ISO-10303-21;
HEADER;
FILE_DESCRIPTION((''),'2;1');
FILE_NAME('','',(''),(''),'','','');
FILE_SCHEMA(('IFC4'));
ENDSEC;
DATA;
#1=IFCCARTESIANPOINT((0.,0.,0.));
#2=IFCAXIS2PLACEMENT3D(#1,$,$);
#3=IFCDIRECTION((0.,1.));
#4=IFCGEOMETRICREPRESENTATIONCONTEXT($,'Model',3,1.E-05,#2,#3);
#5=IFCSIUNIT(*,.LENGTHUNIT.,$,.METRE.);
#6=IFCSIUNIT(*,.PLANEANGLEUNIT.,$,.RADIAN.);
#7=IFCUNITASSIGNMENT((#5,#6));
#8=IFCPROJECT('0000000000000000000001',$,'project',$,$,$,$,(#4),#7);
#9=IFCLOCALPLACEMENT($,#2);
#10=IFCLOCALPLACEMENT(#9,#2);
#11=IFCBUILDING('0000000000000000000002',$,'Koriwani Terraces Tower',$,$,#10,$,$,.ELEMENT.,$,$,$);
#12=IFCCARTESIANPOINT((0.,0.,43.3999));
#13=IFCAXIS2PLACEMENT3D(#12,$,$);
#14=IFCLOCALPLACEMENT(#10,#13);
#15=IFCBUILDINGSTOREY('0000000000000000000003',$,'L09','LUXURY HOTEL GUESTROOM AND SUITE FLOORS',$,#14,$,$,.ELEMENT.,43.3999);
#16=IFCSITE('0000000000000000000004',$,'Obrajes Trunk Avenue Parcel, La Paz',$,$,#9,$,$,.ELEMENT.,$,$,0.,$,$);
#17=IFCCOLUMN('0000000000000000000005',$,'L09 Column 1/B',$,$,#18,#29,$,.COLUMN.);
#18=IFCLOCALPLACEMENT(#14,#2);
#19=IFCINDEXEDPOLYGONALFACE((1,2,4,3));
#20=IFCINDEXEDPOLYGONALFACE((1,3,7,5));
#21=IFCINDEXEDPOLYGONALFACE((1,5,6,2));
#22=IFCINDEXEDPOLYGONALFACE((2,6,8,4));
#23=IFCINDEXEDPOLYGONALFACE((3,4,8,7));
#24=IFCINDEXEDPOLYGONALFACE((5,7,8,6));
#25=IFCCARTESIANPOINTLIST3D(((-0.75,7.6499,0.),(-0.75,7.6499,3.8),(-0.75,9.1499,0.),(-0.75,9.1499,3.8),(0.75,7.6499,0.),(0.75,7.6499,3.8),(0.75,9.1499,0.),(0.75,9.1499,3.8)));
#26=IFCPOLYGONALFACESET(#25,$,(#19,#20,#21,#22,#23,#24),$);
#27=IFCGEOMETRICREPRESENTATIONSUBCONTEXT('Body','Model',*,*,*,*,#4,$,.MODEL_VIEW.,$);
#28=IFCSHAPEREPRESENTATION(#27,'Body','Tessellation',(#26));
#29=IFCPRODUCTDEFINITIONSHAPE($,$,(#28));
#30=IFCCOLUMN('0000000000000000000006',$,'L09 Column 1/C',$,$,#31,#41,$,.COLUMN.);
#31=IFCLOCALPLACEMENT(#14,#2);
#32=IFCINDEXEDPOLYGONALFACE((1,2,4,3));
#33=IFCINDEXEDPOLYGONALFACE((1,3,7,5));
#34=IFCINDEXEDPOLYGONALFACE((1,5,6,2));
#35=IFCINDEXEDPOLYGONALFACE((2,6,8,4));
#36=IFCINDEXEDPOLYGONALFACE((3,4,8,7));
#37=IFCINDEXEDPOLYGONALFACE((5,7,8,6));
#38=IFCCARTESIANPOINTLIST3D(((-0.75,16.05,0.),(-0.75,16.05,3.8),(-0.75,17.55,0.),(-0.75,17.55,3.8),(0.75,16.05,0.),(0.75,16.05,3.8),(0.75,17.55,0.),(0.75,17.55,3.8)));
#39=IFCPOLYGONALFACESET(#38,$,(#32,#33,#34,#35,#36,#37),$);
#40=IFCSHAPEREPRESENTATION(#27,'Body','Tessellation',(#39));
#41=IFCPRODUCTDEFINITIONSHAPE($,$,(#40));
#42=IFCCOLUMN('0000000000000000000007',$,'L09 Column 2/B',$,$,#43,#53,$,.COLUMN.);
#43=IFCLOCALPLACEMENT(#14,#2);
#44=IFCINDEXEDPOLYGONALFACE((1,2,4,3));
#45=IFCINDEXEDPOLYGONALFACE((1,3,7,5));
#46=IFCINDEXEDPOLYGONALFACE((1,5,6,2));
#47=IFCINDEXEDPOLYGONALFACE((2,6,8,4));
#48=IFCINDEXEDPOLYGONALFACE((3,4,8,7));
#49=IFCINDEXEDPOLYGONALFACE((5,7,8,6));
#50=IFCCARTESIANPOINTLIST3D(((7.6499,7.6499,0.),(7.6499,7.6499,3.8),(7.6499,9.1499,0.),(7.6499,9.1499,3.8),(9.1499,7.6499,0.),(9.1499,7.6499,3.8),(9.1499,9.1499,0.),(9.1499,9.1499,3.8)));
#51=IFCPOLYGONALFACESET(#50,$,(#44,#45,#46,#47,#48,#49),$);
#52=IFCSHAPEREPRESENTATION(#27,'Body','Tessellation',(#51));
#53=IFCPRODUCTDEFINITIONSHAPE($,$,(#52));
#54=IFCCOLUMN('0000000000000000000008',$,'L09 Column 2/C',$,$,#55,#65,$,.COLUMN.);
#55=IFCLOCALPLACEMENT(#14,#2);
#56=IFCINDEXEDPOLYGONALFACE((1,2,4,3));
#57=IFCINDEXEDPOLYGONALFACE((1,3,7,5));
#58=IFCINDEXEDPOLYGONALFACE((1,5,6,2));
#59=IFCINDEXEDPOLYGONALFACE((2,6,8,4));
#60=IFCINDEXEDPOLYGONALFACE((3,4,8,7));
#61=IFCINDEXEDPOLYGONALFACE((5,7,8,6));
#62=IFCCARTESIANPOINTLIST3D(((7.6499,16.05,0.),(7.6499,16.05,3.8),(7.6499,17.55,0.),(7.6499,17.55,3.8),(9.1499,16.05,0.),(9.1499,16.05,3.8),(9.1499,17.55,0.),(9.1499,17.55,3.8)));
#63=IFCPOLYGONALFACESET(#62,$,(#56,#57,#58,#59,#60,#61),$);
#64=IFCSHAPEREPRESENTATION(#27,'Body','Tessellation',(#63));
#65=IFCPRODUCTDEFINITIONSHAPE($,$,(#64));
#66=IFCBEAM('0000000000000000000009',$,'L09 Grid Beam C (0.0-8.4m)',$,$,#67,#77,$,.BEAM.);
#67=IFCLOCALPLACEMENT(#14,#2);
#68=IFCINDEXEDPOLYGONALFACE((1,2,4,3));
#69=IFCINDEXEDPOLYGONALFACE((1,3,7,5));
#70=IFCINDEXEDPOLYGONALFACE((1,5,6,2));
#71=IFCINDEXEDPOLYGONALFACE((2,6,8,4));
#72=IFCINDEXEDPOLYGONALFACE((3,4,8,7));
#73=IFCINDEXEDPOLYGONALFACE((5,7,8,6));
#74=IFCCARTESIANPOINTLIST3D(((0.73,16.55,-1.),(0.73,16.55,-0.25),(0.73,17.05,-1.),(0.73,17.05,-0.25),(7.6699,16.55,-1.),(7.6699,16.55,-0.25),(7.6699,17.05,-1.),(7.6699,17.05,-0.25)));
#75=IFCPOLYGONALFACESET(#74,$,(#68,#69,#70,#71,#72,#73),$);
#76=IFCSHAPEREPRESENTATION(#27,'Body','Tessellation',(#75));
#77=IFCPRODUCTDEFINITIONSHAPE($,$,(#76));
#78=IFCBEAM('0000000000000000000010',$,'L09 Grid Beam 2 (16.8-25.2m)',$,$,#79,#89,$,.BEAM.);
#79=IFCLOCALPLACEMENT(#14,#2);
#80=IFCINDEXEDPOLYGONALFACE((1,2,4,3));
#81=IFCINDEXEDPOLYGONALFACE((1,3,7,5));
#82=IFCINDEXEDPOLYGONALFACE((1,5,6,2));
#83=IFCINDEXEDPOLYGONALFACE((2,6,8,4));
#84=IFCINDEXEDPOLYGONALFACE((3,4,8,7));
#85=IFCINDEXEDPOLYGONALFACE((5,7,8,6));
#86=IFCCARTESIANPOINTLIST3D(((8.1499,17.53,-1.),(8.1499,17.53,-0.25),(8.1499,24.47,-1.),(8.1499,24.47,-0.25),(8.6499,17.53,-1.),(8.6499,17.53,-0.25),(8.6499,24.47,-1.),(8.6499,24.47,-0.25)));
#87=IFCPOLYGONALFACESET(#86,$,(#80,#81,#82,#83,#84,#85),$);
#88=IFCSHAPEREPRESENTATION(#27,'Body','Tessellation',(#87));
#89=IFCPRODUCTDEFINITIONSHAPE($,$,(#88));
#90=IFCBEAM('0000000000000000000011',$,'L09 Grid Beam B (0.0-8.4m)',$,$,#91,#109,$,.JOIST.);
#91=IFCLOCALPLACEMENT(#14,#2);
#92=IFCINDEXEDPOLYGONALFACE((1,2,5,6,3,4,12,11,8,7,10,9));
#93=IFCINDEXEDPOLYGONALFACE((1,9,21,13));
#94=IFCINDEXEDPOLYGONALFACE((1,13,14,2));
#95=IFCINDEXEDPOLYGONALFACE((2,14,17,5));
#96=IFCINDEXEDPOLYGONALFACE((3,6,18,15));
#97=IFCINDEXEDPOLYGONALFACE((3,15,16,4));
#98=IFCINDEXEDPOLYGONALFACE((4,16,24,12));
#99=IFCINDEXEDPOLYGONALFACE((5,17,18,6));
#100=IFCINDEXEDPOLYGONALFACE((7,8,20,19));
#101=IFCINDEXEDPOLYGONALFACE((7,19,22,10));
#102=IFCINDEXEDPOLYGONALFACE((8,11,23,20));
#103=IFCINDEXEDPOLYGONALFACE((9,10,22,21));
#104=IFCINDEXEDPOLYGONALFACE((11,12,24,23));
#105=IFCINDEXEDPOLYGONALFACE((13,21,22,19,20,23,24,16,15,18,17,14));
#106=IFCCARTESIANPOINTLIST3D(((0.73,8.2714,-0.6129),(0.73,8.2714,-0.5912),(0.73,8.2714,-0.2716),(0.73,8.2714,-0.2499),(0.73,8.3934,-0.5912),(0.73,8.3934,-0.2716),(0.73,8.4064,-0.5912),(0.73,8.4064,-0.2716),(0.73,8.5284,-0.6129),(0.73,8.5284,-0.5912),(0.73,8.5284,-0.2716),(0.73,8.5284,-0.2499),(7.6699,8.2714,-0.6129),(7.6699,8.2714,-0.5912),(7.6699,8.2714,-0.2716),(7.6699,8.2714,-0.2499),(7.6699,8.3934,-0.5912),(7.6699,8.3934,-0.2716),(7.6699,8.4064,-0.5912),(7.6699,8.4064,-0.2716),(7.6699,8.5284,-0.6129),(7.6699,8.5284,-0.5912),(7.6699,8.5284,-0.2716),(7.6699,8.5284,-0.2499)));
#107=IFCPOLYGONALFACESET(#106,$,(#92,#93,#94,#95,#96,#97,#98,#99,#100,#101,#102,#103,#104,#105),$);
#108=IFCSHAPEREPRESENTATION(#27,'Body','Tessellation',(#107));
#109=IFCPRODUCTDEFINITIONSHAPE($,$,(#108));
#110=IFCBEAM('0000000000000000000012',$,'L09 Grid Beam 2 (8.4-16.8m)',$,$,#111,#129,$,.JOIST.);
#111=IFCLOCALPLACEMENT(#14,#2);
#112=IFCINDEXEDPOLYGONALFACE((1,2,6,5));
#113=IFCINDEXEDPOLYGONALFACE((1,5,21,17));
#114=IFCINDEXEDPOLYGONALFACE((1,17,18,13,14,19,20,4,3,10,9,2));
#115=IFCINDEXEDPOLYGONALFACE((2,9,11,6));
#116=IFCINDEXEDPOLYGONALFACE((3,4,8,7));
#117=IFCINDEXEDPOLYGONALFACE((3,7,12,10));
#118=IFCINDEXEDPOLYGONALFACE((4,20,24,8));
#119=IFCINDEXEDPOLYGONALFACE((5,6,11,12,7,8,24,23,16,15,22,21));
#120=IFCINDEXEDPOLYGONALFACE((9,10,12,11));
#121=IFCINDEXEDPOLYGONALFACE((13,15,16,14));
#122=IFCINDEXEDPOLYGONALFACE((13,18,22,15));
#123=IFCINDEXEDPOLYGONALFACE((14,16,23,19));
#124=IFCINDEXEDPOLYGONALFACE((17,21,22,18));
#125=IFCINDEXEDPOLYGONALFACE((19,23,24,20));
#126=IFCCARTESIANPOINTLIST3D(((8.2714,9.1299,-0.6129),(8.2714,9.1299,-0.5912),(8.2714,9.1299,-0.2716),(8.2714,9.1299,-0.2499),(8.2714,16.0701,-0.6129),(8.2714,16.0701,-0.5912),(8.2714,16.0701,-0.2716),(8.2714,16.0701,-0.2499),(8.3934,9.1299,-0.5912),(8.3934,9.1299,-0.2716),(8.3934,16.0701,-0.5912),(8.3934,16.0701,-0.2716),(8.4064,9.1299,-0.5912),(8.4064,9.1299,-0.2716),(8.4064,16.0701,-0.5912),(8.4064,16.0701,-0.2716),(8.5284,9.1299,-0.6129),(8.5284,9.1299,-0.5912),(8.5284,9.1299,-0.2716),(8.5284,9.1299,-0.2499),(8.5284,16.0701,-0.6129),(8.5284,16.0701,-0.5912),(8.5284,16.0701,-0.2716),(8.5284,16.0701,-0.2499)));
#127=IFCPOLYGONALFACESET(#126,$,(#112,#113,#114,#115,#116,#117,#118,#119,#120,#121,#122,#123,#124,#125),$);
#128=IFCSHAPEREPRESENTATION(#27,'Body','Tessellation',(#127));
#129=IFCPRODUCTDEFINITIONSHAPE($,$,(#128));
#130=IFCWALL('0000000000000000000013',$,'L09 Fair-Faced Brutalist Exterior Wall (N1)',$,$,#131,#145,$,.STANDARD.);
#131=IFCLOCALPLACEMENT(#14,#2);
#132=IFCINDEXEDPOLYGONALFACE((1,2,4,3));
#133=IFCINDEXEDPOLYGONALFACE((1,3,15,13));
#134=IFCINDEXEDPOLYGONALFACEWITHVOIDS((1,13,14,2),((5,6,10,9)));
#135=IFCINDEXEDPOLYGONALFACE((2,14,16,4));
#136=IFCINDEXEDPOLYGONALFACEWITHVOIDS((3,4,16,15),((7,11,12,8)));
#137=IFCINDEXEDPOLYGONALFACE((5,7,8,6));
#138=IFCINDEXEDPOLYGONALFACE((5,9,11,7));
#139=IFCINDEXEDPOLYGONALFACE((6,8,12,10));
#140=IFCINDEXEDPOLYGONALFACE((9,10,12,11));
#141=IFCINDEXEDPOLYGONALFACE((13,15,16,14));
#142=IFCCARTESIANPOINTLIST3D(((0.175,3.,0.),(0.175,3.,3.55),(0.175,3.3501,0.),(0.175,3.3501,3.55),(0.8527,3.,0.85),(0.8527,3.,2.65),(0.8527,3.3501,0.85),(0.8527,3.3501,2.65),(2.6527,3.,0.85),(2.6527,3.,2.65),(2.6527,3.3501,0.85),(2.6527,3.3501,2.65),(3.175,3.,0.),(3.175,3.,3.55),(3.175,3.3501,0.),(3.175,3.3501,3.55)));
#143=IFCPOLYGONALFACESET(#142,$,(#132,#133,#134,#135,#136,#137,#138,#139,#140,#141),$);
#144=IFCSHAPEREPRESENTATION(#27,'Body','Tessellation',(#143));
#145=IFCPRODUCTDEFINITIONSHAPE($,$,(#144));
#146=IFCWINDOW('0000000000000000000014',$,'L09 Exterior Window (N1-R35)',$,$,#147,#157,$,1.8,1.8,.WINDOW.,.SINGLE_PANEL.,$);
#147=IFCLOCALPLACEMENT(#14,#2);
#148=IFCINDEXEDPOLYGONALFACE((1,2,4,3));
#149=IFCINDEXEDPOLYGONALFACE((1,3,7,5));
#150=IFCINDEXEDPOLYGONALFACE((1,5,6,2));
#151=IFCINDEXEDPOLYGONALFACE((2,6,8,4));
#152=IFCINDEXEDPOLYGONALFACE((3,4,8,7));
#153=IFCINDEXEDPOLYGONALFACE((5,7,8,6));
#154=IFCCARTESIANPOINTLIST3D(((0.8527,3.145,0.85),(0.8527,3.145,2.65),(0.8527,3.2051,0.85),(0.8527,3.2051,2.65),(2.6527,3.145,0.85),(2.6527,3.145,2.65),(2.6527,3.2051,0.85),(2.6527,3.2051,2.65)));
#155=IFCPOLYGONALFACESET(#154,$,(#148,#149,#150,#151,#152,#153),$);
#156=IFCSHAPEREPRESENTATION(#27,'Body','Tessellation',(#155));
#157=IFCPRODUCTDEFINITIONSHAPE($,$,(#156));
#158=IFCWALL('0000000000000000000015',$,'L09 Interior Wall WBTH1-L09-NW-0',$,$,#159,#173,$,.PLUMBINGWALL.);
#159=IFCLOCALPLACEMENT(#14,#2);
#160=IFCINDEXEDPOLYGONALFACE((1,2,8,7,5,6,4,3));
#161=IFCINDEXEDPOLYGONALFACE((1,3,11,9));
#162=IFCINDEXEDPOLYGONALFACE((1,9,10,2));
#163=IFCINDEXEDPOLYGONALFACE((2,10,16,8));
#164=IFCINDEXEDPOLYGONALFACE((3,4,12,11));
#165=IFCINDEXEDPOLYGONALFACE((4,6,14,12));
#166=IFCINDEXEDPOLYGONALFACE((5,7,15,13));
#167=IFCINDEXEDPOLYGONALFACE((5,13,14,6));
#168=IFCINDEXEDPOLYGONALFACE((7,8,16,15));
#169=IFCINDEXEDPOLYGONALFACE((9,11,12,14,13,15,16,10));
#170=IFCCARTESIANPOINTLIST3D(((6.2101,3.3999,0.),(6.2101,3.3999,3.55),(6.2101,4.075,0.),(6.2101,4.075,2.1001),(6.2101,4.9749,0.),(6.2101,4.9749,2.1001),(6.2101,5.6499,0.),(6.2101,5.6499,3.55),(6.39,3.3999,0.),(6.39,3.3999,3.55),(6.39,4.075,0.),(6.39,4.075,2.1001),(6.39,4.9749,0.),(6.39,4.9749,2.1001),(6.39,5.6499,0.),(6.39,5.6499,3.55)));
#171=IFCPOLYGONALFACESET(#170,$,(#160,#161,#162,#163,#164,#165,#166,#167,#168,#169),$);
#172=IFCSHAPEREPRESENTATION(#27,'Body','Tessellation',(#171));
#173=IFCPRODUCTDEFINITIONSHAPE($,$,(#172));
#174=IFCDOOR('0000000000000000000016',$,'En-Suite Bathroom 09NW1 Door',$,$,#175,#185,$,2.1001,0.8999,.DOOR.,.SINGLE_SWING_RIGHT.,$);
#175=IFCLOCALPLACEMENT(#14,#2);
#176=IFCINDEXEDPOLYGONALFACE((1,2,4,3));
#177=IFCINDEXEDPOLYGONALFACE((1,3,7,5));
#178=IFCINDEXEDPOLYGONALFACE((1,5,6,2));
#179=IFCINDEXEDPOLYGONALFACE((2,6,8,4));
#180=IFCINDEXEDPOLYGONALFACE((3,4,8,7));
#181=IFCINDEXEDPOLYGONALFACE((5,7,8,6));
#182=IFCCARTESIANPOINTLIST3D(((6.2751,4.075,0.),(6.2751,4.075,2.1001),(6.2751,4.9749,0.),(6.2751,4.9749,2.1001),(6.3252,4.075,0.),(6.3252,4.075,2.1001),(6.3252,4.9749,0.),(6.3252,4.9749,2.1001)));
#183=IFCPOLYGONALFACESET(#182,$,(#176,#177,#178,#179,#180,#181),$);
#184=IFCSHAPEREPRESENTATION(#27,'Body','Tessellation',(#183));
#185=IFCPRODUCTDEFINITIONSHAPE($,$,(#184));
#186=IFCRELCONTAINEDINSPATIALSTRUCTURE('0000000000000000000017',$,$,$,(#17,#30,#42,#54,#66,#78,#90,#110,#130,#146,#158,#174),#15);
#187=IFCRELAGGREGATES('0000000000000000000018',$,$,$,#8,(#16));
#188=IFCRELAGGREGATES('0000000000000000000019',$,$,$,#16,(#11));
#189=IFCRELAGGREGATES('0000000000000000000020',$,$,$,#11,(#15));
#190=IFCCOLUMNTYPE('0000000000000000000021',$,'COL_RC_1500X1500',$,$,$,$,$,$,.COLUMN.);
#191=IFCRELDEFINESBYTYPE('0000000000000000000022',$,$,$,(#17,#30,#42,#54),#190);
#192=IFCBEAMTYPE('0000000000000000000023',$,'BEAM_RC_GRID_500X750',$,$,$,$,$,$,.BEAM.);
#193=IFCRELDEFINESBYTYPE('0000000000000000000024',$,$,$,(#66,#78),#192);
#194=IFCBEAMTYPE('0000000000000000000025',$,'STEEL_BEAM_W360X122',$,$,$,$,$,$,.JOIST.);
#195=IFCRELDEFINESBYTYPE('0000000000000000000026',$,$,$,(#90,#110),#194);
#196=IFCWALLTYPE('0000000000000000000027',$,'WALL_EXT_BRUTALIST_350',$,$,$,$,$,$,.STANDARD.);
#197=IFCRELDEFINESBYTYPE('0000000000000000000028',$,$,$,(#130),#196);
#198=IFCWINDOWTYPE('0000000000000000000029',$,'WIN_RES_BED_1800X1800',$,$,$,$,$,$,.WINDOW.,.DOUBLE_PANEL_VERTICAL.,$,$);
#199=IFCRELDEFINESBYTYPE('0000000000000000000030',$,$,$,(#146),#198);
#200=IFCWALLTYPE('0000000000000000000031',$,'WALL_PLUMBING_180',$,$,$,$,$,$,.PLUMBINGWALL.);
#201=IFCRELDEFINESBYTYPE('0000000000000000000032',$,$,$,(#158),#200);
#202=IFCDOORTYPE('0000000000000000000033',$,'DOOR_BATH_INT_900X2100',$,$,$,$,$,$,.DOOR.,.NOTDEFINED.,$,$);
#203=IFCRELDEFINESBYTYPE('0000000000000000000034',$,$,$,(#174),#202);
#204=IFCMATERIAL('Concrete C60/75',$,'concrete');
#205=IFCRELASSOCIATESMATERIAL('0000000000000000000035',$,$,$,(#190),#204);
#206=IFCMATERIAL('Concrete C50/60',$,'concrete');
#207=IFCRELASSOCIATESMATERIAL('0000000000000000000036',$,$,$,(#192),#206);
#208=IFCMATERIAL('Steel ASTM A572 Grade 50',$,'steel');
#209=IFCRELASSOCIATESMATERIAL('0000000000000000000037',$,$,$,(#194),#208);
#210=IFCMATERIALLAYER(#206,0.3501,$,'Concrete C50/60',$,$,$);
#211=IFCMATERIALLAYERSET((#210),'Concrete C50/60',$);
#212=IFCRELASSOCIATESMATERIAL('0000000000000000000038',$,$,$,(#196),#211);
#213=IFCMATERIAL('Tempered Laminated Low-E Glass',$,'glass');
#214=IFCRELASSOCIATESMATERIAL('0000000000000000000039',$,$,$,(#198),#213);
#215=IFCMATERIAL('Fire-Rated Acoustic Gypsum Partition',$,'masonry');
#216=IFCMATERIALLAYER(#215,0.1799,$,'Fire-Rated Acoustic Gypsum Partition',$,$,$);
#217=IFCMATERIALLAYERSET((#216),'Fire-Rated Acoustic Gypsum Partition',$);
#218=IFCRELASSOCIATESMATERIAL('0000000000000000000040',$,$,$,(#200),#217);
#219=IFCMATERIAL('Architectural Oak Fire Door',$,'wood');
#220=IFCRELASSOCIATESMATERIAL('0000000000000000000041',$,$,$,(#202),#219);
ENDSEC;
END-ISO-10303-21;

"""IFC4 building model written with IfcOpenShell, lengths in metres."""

from ifc_helpers import new_model, si_unit, direction, frame, frame_2d, origin, origin_2d, place, context, subcontext, project, spatial, rectangle, i_section, extrude, material, layer, layer_set, material_profile, profile_set, type_object, element, fill, save


model = new_model("IFC4")

# Units and contexts
model_context = context("Model", 3, precision=1e-05, world=origin(), true_north=direction((0.0, 1.0)))
body_context = subcontext(model_context, "Body", "Model", "MODEL_VIEW")
ifc_project = project(units=[si_unit("LENGTHUNIT", "METRE"), si_unit("PLANEANGLEUNIT", "RADIAN")], contexts=[model_context])

# Site, building, storey
site_placement = place(None, origin())
site = spatial("IfcSite", under=ifc_project, at=site_placement, Name="Obrajes Trunk Avenue Parcel, La Paz", CompositionType="ELEMENT", RefElevation=0.0)
building_placement = place(site_placement, origin())
building = spatial("IfcBuilding", under=site, at=building_placement, Name="Koriwani Terraces Tower", CompositionType="ELEMENT")
storey_placement = place(building_placement, frame((0.0, 0.0, 43.3999)))
storey = spatial("IfcBuildingStorey", under=building, at=storey_placement, Name="L09", Description="LUXURY HOTEL GUESTROOM AND SUITE FLOORS", CompositionType="ELEMENT", Elevation=43.3999)

# Columns
ifc_material_1 = material(Name="Concrete C60/75", Category="concrete")
ifc_material_profile_1 = material_profile(ifc_material_1, rectangle(XDim=1.5, YDim=1.5, at=origin_2d()), Name="Concrete C60/75", Category="LoadBearing")
ifc_profile_set_1 = profile_set([ifc_material_profile_1], Name="Concrete C60/75")
column_type = type_object("IfcColumnType", Name="COL_RC_1500X1500", PredefinedType="COLUMN", material=ifc_profile_set_1)
for number, where, z_axis, x_axis, name in (
    (1, (0.0, 8.3999, 0.0), (0.0, 0.0, 1.0), (1.0, 0.0, 0.0), "L09 Column 1/B"),
    (2, (0.0, 16.8, 0.0), (0.0, 0.0, 1.0), (1.0, 0.0, 0.0), "L09 Column 1/C"),
    (3, (8.3999, 8.3999, 0.0), (0.0, 0.0, 1.0), (1.0, 0.0, 0.0), "L09 Column 2/B"),
    (4, (8.3999, 16.8, 0.0), (0.0, 0.0, 1.0), (1.0, 0.0, 0.0), "L09 Column 2/C"),
):
    element("IfcColumn", number, at=place(storey_placement, frame(where, z_axis=z_axis, x_axis=x_axis)), inside=storey, type_object=column_type, Name=name, PredefinedType="COLUMN", context=body_context, shape_type="SweptSolid", body=[
        extrude(rectangle(XDim=1.5, YDim=1.5, at=origin_2d()), origin(), (0.0, 0.0, 1.0), 3.8),
    ])

# Beams
ifc_material_2 = material(Name="Concrete C50/60", Category="concrete")
ifc_material_profile_2 = material_profile(ifc_material_2, rectangle(XDim=0.5, YDim=0.75, at=origin_2d()), Name="Concrete C50/60", Category="LoadBearing")
ifc_profile_set_2 = profile_set([ifc_material_profile_2], Name="Concrete C50/60")
beam_type_1 = type_object("IfcBeamType", Name="BEAM_RC_GRID_500X750", PredefinedType="BEAM", material=ifc_profile_set_2)
for number, where, z_axis, x_axis, name in (
    (5, (0.73, 16.8, -0.625), (1.0, 0.0, 0.0), (0.0, 1.0, 0.0), "L09 Grid Beam C (0.0-8.4m)"),
    (6, (8.3999, 17.53, -0.625), (0.0, 1.0, 0.0), (-1.0, 0.0, 0.0), "L09 Grid Beam 2 (16.8-25.2m)"),
):
    element("IfcBeam", number, at=place(storey_placement, frame(where, z_axis=z_axis, x_axis=x_axis)), inside=storey, type_object=beam_type_1, Name=name, PredefinedType="BEAM", context=body_context, shape_type="SweptSolid", body=[
        extrude(rectangle(XDim=0.5, YDim=0.75, at=origin_2d()), origin(), (0.0, 0.0, 1.0), 6.9399),
    ])
ifc_material_3 = material(Name="Steel ASTM A572 Grade 50", Category="steel")
ifc_material_profile_3 = material_profile(ifc_material_3, i_section(OverallWidth=0.2571, OverallDepth=0.363, WebThickness=0.0129, FlangeThickness=0.0217, at=origin_2d()), Name="Steel ASTM A572 Grade 50", Category="LoadBearing")
ifc_profile_set_3 = profile_set([ifc_material_profile_3], Name="Steel ASTM A572 Grade 50")
beam_type_2 = type_object("IfcBeamType", Name="STEEL_BEAM_W360X122", PredefinedType="JOIST", material=ifc_profile_set_3)
beam_1_placement = place(storey_placement, frame((0.73, 8.3999, -0.4314), z_axis=(1.0, 0.0, 0.0), x_axis=(0.0, 1.0, 0.0)))
element("IfcBeam", 7, at=beam_1_placement, inside=storey, type_object=beam_type_2, Name="L09 Grid Beam B (0.0-8.4m)", PredefinedType="JOIST", context=body_context, shape_type="SweptSolid", body=[
    extrude(i_section(OverallWidth=0.2571, OverallDepth=0.363, WebThickness=0.0129, FlangeThickness=0.0217, at=origin_2d()), origin(), (0.0, 0.0, 1.0), 6.9399),
])
beam_2_placement = place(storey_placement, frame((8.3999, 9.1299, -0.4314), z_axis=(0.0, 1.0, 0.0), x_axis=(-1.0, 0.0, 0.0)))
element("IfcBeam", 8, at=beam_2_placement, inside=storey, type_object=beam_type_2, Name="L09 Grid Beam 2 (8.4-16.8m)", PredefinedType="JOIST", context=body_context, shape_type="SweptSolid", body=[
    extrude(i_section(OverallWidth=0.2571, OverallDepth=0.363, WebThickness=0.0129, FlangeThickness=0.0217, at=origin_2d()), origin(), (0.0, 0.0, 1.0), 6.9402),
])

# Wall, opening, window
ifc_layer_1 = layer(ifc_material_2, 0.3501, Name="Concrete C50/60")
ifc_layer_set_1 = layer_set([ifc_layer_1], Name="Concrete C50/60")
wall_type_1 = type_object("IfcWallType", Name="WALL_EXT_BRUTALIST_350", PredefinedType="STANDARD", material=ifc_layer_set_1)
wall_1_placement = place(storey_placement, frame((3.175, 3.175, 0.0), z_axis=(0.0, 0.0, 1.0), x_axis=(-1.0, 0.0, 0.0)))
wall_1 = element("IfcWall", 9, at=wall_1_placement, inside=storey, type_object=wall_type_1, Name="L09 Fair-Faced Brutalist Exterior Wall (N1)", PredefinedType="STANDARD", context=body_context, shape_type="SweptSolid", body=[
    extrude(rectangle(XDim=3.0, YDim=0.3501, at=frame_2d((1.5, 0.0))), origin(), (0.0, 0.0, 1.0), 3.55),
])
opening_1_placement = place(wall_1_placement, frame((0.5225, 0.0, 0.8501)))
opening_1 = element("IfcOpeningElement", 10, at=opening_1_placement, cuts=wall_1, PredefinedType="OPENING", context=body_context, shape_type="SweptSolid", body=[
    extrude(rectangle(XDim=1.8, YDim=1.8, at=frame_2d((0.8999, 0.8999))), frame((0.0, 0.1851, 0.0), z_axis=(0.0, -1.0, 0.0), x_axis=(1.0, 0.0, 0.0)), (0.0, 0.0, 1.0), 0.3701),
])
ifc_material_4 = material(Name="Tempered Laminated Low-E Glass", Category="glass")
window_type = type_object("IfcWindowType", Name="WIN_RES_BED_1800X1800", PartitioningType="DOUBLE_PANEL_VERTICAL", PredefinedType="WINDOW", material=ifc_material_4)
window_placement = place(opening_1_placement, origin())
window = element("IfcWindow", 11, at=window_placement, inside=storey, type_object=window_type, Name="L09 Exterior Window (N1-R35)", OverallHeight=1.8, OverallWidth=1.8, PartitioningType="SINGLE_PANEL", PredefinedType="WINDOW", context=body_context, shape_type="SweptSolid", body=[
    extrude(rectangle(XDim=1.8, YDim=1.8, at=frame_2d((0.8999, 0.8999))), frame((0.0, 0.03, 0.0), z_axis=(0.0, -1.0, 0.0), x_axis=(1.0, 0.0, 0.0)), (0.0, 0.0, 1.0), 0.0601),
])
fill(opening_1, window)

# Wall, opening, door
ifc_material_5 = material(Name="Fire-Rated Acoustic Gypsum Partition", Category="masonry")
ifc_layer_2 = layer(ifc_material_5, 0.1799, Name="Fire-Rated Acoustic Gypsum Partition")
ifc_layer_set_2 = layer_set([ifc_layer_2], Name="Fire-Rated Acoustic Gypsum Partition")
wall_type_2 = type_object("IfcWallType", Name="WALL_PLUMBING_180", PredefinedType="PLUMBINGWALL", material=ifc_layer_set_2)
wall_2_placement = place(storey_placement, frame((6.3, 3.3999, 0.0), z_axis=(0.0, 0.0, 1.0), x_axis=(0.0, 1.0, 0.0)))
wall_2 = element("IfcWall", 12, at=wall_2_placement, inside=storey, type_object=wall_type_2, Name="L09 Interior Wall WBTH1-L09-NW-0", PredefinedType="PLUMBINGWALL", context=body_context, shape_type="SweptSolid", body=[
    extrude(rectangle(XDim=2.25, YDim=0.1799, at=frame_2d((1.125, 0.0))), origin(), (0.0, 0.0, 1.0), 3.55),
])
opening_2_placement = place(wall_2_placement, frame((0.675, 0.0, 0.0)))
opening_2 = element("IfcOpeningElement", 13, at=opening_2_placement, cuts=wall_2, PredefinedType="OPENING", context=body_context, shape_type="SweptSolid", body=[
    extrude(rectangle(XDim=0.8999, YDim=2.1001, at=frame_2d((0.45, 1.05))), frame((0.0, 0.1001, 0.0), z_axis=(0.0, -1.0, 0.0), x_axis=(1.0, 0.0, 0.0)), (0.0, 0.0, 1.0), 0.2),
])
ifc_material_6 = material(Name="Architectural Oak Fire Door", Category="wood")
door_type = type_object("IfcDoorType", Name="DOOR_BATH_INT_900X2100", OperationType="NOTDEFINED", PredefinedType="DOOR", material=ifc_material_6)
door_placement = place(opening_2_placement, origin())
door = element("IfcDoor", 14, at=door_placement, inside=storey, type_object=door_type, Name="En-Suite Bathroom 09NW1 Door", OperationType="SINGLE_SWING_RIGHT", OverallHeight=2.1001, OverallWidth=0.8999, PredefinedType="DOOR", context=body_context, shape_type="SweptSolid", body=[
    extrude(rectangle(XDim=0.8999, YDim=2.1001, at=frame_2d((0.45, 1.05))), frame((0.0, 0.0249, 0.0), z_axis=(0.0, -1.0, 0.0), x_axis=(1.0, 0.0, 0.0)), (0.0, 0.0, 1.0), 0.05),
])
fill(opening_2, door)

save(model, "model.ifc")
